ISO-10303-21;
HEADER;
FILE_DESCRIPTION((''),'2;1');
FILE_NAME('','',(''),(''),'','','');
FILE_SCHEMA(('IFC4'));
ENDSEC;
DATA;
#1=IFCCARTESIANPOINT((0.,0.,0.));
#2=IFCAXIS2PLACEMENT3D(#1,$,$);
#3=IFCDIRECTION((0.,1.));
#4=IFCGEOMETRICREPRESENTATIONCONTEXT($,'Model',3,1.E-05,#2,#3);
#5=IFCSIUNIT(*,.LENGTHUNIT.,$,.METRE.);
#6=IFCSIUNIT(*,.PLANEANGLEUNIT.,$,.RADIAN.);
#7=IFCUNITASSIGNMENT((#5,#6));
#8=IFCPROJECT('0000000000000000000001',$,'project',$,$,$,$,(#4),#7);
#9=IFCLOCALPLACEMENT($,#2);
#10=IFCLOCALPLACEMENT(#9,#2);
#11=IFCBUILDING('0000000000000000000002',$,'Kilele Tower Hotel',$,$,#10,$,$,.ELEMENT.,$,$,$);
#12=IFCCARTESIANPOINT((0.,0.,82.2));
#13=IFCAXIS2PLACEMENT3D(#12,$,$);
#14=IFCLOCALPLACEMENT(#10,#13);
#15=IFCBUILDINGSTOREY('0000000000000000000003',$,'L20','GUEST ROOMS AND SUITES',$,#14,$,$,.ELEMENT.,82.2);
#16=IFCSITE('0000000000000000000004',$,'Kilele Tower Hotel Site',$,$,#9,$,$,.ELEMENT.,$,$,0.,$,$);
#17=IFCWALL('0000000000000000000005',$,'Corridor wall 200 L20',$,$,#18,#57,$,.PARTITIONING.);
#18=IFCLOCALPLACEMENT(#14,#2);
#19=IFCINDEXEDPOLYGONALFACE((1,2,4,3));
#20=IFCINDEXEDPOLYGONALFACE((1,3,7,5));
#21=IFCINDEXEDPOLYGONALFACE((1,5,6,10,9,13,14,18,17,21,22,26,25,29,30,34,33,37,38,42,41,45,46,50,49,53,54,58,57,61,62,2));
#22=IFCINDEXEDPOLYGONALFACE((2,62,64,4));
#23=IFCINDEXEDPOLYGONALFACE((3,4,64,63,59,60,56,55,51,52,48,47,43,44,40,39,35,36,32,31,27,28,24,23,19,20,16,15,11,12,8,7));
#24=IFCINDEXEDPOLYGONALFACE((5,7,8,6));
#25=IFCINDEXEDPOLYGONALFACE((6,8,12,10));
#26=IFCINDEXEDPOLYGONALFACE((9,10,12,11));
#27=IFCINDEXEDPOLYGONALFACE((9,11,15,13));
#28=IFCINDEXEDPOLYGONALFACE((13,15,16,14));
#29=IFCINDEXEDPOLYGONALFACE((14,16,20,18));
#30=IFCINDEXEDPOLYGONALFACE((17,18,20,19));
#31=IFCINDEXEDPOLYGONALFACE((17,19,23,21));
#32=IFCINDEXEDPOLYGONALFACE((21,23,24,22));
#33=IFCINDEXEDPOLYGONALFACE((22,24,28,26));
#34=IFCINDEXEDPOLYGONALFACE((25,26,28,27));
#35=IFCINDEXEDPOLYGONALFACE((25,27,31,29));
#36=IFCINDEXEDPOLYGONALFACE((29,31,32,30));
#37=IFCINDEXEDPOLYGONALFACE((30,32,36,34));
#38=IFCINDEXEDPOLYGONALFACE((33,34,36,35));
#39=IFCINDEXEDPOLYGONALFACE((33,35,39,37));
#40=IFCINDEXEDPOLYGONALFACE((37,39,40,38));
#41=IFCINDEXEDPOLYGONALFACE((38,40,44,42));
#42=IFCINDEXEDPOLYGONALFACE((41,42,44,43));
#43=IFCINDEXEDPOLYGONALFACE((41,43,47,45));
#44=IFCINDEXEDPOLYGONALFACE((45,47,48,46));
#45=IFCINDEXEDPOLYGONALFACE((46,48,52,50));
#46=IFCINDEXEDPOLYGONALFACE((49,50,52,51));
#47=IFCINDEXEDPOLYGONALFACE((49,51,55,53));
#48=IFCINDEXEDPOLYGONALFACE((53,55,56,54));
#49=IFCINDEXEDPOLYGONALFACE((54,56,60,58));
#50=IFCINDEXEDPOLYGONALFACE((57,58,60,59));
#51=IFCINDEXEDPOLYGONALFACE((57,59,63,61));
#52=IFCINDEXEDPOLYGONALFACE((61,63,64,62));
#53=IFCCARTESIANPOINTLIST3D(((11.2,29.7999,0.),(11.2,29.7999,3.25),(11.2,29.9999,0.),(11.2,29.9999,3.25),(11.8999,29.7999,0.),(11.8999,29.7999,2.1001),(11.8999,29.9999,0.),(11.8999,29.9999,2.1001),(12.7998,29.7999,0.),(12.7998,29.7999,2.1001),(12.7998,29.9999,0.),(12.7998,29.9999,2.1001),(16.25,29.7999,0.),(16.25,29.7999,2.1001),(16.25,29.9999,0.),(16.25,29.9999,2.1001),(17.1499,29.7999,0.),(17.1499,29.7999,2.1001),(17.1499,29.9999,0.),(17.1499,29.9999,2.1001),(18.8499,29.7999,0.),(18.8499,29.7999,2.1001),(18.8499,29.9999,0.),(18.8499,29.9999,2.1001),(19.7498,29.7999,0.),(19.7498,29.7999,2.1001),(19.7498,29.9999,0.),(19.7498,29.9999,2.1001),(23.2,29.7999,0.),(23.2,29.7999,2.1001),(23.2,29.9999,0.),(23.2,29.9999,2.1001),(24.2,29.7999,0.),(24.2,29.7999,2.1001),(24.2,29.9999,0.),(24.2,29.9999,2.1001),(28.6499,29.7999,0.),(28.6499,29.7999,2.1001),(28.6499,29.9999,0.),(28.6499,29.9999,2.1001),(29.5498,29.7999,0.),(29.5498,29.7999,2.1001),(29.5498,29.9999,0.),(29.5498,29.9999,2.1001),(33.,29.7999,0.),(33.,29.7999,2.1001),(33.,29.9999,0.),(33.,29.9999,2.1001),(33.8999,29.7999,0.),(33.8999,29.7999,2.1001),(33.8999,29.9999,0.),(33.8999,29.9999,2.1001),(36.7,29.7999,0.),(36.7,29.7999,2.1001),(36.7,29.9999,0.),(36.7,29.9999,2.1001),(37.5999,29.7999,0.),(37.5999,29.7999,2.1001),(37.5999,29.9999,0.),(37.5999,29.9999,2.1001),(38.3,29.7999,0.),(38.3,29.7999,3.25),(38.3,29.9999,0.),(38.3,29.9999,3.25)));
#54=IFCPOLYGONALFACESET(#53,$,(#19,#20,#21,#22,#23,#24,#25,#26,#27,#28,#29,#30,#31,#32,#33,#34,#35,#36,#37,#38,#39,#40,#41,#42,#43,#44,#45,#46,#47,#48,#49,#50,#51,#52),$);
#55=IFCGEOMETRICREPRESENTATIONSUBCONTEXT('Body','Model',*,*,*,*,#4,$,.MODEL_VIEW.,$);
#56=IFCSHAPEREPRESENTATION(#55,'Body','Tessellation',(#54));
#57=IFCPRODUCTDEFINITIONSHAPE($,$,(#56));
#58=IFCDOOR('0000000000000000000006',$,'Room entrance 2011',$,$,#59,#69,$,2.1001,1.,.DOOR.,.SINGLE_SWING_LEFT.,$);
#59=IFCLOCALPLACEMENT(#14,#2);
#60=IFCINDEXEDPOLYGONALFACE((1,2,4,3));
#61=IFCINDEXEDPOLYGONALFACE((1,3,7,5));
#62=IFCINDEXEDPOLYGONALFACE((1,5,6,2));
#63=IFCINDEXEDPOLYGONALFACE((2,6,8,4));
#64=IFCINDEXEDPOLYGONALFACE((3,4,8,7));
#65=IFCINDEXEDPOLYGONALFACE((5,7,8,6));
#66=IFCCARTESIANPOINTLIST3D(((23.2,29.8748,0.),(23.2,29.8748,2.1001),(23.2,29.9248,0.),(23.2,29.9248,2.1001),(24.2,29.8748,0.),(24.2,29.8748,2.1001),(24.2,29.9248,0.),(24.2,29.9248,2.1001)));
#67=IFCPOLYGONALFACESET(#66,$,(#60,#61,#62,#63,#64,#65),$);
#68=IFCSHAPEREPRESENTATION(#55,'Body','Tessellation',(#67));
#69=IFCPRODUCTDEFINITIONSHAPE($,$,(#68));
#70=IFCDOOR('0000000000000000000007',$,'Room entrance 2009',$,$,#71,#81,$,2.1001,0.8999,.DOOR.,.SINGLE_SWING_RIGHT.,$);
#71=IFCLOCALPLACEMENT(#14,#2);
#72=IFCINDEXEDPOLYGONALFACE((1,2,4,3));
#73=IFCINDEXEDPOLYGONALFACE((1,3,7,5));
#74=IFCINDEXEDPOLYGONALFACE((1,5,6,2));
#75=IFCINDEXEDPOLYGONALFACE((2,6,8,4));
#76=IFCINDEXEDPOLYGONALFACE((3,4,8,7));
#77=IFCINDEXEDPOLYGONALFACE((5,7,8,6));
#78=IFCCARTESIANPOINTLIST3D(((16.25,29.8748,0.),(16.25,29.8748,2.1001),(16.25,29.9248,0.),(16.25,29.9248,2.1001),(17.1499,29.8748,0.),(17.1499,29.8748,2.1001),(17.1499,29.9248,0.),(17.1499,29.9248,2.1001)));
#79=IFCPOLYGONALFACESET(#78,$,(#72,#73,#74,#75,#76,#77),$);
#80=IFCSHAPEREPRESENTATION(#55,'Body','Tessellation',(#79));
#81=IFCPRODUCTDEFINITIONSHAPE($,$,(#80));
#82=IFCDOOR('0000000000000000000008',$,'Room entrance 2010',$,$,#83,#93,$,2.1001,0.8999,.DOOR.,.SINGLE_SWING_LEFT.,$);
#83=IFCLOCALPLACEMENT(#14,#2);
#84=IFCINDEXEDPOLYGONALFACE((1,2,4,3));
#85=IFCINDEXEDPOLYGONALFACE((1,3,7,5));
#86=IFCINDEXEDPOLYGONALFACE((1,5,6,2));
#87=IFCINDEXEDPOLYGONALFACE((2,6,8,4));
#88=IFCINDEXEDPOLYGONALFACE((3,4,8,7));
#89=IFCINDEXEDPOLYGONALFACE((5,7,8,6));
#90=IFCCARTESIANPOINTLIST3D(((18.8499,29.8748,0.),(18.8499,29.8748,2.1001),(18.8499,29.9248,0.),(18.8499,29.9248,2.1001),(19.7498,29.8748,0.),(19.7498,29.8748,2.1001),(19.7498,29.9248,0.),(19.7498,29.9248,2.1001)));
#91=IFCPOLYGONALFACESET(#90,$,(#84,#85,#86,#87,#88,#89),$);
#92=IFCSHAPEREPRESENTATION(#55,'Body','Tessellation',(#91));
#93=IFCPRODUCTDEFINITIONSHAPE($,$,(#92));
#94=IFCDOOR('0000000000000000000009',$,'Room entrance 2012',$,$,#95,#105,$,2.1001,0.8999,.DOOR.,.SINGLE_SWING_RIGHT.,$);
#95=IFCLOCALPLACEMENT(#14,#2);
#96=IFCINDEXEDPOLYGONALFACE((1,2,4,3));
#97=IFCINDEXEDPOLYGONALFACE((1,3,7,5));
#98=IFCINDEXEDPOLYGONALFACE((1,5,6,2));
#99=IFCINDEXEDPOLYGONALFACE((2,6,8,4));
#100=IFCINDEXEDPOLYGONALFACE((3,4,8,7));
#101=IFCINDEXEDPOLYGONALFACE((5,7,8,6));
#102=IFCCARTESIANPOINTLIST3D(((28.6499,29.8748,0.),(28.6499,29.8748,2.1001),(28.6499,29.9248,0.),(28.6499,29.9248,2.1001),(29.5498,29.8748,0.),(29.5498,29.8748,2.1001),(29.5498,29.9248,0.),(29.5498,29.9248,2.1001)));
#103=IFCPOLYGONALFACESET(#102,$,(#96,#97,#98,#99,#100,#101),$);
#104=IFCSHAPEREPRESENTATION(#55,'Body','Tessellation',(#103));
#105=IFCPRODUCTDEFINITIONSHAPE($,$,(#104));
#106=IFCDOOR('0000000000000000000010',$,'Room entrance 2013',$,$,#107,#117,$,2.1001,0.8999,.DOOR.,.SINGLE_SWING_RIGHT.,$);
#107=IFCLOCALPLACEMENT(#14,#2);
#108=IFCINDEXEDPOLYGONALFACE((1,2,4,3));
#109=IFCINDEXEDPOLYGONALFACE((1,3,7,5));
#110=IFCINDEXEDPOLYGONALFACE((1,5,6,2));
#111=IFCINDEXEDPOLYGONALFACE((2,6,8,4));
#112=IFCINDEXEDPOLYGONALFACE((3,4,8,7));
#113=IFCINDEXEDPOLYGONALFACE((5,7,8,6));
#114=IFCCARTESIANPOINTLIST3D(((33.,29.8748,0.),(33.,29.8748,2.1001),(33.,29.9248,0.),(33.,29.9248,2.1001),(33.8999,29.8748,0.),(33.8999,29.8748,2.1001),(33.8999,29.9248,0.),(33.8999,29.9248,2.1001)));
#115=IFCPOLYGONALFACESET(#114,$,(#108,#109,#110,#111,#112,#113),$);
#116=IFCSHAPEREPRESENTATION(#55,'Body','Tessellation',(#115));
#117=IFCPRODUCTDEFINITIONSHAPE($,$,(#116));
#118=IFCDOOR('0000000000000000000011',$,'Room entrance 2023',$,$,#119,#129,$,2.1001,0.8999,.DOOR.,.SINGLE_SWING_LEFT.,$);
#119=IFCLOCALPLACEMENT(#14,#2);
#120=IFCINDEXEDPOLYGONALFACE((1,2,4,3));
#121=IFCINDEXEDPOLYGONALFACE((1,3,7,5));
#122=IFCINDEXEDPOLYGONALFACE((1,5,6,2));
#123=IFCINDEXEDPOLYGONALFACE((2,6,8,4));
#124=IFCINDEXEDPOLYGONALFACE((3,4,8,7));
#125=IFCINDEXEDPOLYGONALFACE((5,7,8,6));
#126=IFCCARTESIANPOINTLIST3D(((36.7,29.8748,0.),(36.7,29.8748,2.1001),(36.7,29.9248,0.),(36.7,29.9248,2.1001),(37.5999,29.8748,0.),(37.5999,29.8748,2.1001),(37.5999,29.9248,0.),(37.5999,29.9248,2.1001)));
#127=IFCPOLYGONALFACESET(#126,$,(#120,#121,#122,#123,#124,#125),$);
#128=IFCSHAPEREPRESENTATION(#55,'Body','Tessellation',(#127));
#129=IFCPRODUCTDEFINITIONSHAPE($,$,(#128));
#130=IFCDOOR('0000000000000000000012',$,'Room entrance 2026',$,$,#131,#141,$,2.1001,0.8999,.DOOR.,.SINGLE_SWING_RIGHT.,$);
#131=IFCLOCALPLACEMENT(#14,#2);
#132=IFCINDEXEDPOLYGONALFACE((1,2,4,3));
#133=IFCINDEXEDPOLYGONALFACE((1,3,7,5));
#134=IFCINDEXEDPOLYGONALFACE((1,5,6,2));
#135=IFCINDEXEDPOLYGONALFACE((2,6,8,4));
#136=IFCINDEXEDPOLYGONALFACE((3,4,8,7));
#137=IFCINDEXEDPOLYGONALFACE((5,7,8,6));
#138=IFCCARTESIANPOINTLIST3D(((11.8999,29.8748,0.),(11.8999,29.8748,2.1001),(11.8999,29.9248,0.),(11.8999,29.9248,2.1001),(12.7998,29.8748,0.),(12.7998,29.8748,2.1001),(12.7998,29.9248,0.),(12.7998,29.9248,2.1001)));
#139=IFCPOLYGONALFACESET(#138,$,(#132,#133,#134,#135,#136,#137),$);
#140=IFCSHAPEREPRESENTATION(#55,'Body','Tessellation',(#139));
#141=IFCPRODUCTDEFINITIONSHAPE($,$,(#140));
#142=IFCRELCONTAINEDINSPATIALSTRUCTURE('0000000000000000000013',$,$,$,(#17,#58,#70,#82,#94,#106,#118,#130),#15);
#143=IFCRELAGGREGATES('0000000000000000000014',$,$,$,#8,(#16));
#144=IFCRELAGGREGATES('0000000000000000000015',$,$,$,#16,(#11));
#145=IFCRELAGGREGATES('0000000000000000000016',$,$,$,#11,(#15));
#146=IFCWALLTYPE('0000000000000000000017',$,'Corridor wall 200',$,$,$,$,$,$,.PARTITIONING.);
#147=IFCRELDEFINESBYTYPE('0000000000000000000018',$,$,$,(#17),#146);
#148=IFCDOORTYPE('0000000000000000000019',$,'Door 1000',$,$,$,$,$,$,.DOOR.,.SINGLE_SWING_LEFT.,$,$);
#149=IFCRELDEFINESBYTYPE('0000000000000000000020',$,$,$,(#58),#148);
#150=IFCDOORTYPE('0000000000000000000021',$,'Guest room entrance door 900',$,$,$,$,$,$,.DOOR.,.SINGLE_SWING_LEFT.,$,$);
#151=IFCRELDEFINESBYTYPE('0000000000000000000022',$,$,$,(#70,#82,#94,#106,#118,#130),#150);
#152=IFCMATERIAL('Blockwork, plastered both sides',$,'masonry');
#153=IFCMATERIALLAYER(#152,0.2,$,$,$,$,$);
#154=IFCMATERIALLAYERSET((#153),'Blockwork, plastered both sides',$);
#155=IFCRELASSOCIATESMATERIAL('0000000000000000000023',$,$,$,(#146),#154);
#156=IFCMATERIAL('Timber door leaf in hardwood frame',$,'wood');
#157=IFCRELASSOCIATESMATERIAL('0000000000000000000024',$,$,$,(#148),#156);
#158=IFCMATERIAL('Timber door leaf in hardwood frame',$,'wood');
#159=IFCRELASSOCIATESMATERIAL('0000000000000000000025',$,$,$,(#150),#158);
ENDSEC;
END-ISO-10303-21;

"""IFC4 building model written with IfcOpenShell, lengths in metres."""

from ifc_helpers import new_model, si_unit, direction, frame, frame_2d, origin, place, context, subcontext, project, spatial, rectangle, extrude, material, layer, layer_set, type_object, element, fill, save


model = new_model("IFC4")

# Units and contexts
model_context = context("Model", 3, precision=1e-05, world=origin(), true_north=direction((0.0, 1.0)))
body_context = subcontext(model_context, "Body", "Model", "MODEL_VIEW")
ifc_project = project(units=[si_unit("LENGTHUNIT", "METRE"), si_unit("PLANEANGLEUNIT", "RADIAN")], contexts=[model_context])

# Site, building, storey
site_placement = place(None, origin())
site = spatial("IfcSite", under=ifc_project, at=site_placement, Name="Kilele Tower Hotel Site", CompositionType="ELEMENT", RefElevation=0.0)
building_placement = place(site_placement, origin())
building = spatial("IfcBuilding", under=site, at=building_placement, Name="Kilele Tower Hotel", CompositionType="ELEMENT")
storey_placement = place(building_placement, frame((0.0, 0.0, 82.2)))
storey = spatial("IfcBuildingStorey", under=building, at=storey_placement, Name="L20", Description="GUEST ROOMS AND SUITES", CompositionType="ELEMENT", Elevation=82.2)

# Wall, openings, doors
ifc_material_1 = material(Name="Blockwork, plastered both sides", Category="masonry")
ifc_layer_1 = layer(ifc_material_1, 0.2)
ifc_layer_set_1 = layer_set([ifc_layer_1], Name="Blockwork, plastered both sides")
wall_type_1 = type_object("IfcWallType", Name="Corridor wall 200", PredefinedType="PARTITIONING", material=ifc_layer_set_1)
wall_1_placement = place(storey_placement, frame((11.2, 29.8999, 0.0), z_axis=(0.0, 0.0, 1.0), x_axis=(1.0, 0.0, 0.0)))
wall_1 = element("IfcWall", 1, at=wall_1_placement, inside=storey, type_object=wall_type_1, Name="Corridor wall 200 L20", PredefinedType="PARTITIONING", context=body_context, shape_type="SweptSolid", body=[
    extrude(rectangle(XDim=27.1001, YDim=0.2, at=frame_2d((13.55, 0.0))), origin(), (0.0, 0.0, 1.0), 3.25),
])
opening_1_placement = place(wall_1_placement, frame((5.05, 0.0, 0.0)))
opening_1 = element("IfcOpeningElement", 2, at=opening_1_placement, cuts=wall_1, PredefinedType="OPENING", context=body_context, shape_type="SweptSolid", body=[
    extrude(rectangle(XDim=0.8999, YDim=2.1001, at=frame_2d((0.45, 1.05))), frame((0.0, 0.1099, 0.0), z_axis=(0.0, -1.0, 0.0), x_axis=(1.0, 0.0, 0.0)), (0.0, 0.0, 1.0), 0.22),
])
opening_2_placement = place(wall_1_placement, frame((7.6499, 0.0, 0.0)))
opening_2 = element("IfcOpeningElement", 3, at=opening_2_placement, cuts=wall_1, PredefinedType="OPENING", context=body_context, shape_type="SweptSolid", body=[
    extrude(rectangle(XDim=0.8999, YDim=2.1001, at=frame_2d((0.45, 1.05))), frame((0.0, 0.1099, 0.0), z_axis=(0.0, -1.0, 0.0), x_axis=(1.0, 0.0, 0.0)), (0.0, 0.0, 1.0), 0.22),
])
opening_3_placement = place(wall_1_placement, frame((12.0, 0.0, 0.0)))
opening_3 = element("IfcOpeningElement", 4, at=opening_3_placement, cuts=wall_1, PredefinedType="OPENING", context=body_context, shape_type="SweptSolid", body=[
    extrude(rectangle(XDim=1.0, YDim=2.1001, at=frame_2d((0.5, 1.05))), frame((0.0, 0.1099, 0.0), z_axis=(0.0, -1.0, 0.0), x_axis=(1.0, 0.0, 0.0)), (0.0, 0.0, 1.0), 0.22),
])
opening_4_placement = place(wall_1_placement, frame((17.45, 0.0, 0.0)))
opening_4 = element("IfcOpeningElement", 5, at=opening_4_placement, cuts=wall_1, PredefinedType="OPENING", context=body_context, shape_type="SweptSolid", body=[
    extrude(rectangle(XDim=0.8999, YDim=2.1001, at=frame_2d((0.45, 1.05))), frame((0.0, 0.1099, 0.0), z_axis=(0.0, -1.0, 0.0), x_axis=(1.0, 0.0, 0.0)), (0.0, 0.0, 1.0), 0.22),
])
opening_5_placement = place(wall_1_placement, frame((21.8, 0.0, 0.0)))
opening_5 = element("IfcOpeningElement", 6, at=opening_5_placement, cuts=wall_1, PredefinedType="OPENING", context=body_context, shape_type="SweptSolid", body=[
    extrude(rectangle(XDim=0.8999, YDim=2.1001, at=frame_2d((0.45, 1.05))), frame((0.0, 0.1099, 0.0), z_axis=(0.0, -1.0, 0.0), x_axis=(1.0, 0.0, 0.0)), (0.0, 0.0, 1.0), 0.22),
])
opening_6_placement = place(wall_1_placement, frame((25.5, 0.0, 0.0)))
opening_6 = element("IfcOpeningElement", 7, at=opening_6_placement, cuts=wall_1, PredefinedType="OPENING", context=body_context, shape_type="SweptSolid", body=[
    extrude(rectangle(XDim=0.8999, YDim=2.1001, at=frame_2d((0.45, 1.05))), frame((0.0, 0.1099, 0.0), z_axis=(0.0, -1.0, 0.0), x_axis=(1.0, 0.0, 0.0)), (0.0, 0.0, 1.0), 0.22),
])
opening_7_placement = place(wall_1_placement, frame((0.7, 0.0, 0.0)))
opening_7 = element("IfcOpeningElement", 8, at=opening_7_placement, cuts=wall_1, PredefinedType="OPENING", context=body_context, shape_type="SweptSolid", body=[
    extrude(rectangle(XDim=0.8999, YDim=2.1001, at=frame_2d((0.45, 1.05))), frame((0.0, 0.1099, 0.0), z_axis=(0.0, -1.0, 0.0), x_axis=(1.0, 0.0, 0.0)), (0.0, 0.0, 1.0), 0.22),
])
ifc_material_2 = material(Name="Timber door leaf in hardwood frame", Category="wood")
door_type_1 = type_object("IfcDoorType", Name="Door 1000", OperationType="SINGLE_SWING_LEFT", PredefinedType="DOOR", material=ifc_material_2)
door_1_placement = place(opening_3_placement, origin())
door_1 = element("IfcDoor", 9, at=door_1_placement, inside=storey, type_object=door_type_1, Name="Room entrance 2011", OperationType="SINGLE_SWING_LEFT", OverallHeight=2.1001, OverallWidth=1.0, PredefinedType="DOOR", context=body_context, shape_type="SweptSolid", body=[
    extrude(rectangle(XDim=1.0, YDim=2.1001, at=frame_2d((0.5, 1.05))), frame((0.0, 0.0249, 0.0), z_axis=(0.0, -1.0, 0.0), x_axis=(1.0, 0.0, 0.0)), (0.0, 0.0, 1.0), 0.05),
])
fill(opening_3, door_1)
ifc_material_3 = material(Name="Timber door leaf in hardwood frame", Category="wood")
door_type_2 = type_object("IfcDoorType", Name="Guest room entrance door 900", OperationType="SINGLE_SWING_LEFT", PredefinedType="DOOR", material=ifc_material_3)
door_2_placement = place(opening_1_placement, origin())
door_2 = element("IfcDoor", 10, at=door_2_placement, inside=storey, type_object=door_type_2, Name="Room entrance 2009", OperationType="SINGLE_SWING_RIGHT", OverallHeight=2.1001, OverallWidth=0.8999, PredefinedType="DOOR", context=body_context, shape_type="SweptSolid", body=[
    extrude(rectangle(XDim=0.8999, YDim=2.1001, at=frame_2d((0.45, 1.05))), frame((0.0, 0.0249, 0.0), z_axis=(0.0, -1.0, 0.0), x_axis=(1.0, 0.0, 0.0)), (0.0, 0.0, 1.0), 0.05),
])
fill(opening_1, door_2)
door_3_placement = place(opening_2_placement, origin())
door_3 = element("IfcDoor", 11, at=door_3_placement, inside=storey, type_object=door_type_2, Name="Room entrance 2010", OperationType="SINGLE_SWING_LEFT", OverallHeight=2.1001, OverallWidth=0.8999, PredefinedType="DOOR", context=body_context, shape_type="SweptSolid", body=[
    extrude(rectangle(XDim=0.8999, YDim=2.1001, at=frame_2d((0.45, 1.05))), frame((0.0, 0.0249, 0.0), z_axis=(0.0, -1.0, 0.0), x_axis=(1.0, 0.0, 0.0)), (0.0, 0.0, 1.0), 0.05),
])
fill(opening_2, door_3)
door_4_placement = place(opening_4_placement, origin())
door_4 = element("IfcDoor", 12, at=door_4_placement, inside=storey, type_object=door_type_2, Name="Room entrance 2012", OperationType="SINGLE_SWING_RIGHT", OverallHeight=2.1001, OverallWidth=0.8999, PredefinedType="DOOR", context=body_context, shape_type="SweptSolid", body=[
    extrude(rectangle(XDim=0.8999, YDim=2.1001, at=frame_2d((0.45, 1.05))), frame((0.0, 0.0249, 0.0), z_axis=(0.0, -1.0, 0.0), x_axis=(1.0, 0.0, 0.0)), (0.0, 0.0, 1.0), 0.05),
])
fill(opening_4, door_4)
door_5_placement = place(opening_5_placement, origin())
door_5 = element("IfcDoor", 13, at=door_5_placement, inside=storey, type_object=door_type_2, Name="Room entrance 2013", OperationType="SINGLE_SWING_RIGHT", OverallHeight=2.1001, OverallWidth=0.8999, PredefinedType="DOOR", context=body_context, shape_type="SweptSolid", body=[
    extrude(rectangle(XDim=0.8999, YDim=2.1001, at=frame_2d((0.45, 1.05))), frame((0.0, 0.0249, 0.0), z_axis=(0.0, -1.0, 0.0), x_axis=(1.0, 0.0, 0.0)), (0.0, 0.0, 1.0), 0.05),
])
fill(opening_5, door_5)
door_6_placement = place(opening_6_placement, origin())
door_6 = element("IfcDoor", 14, at=door_6_placement, inside=storey, type_object=door_type_2, Name="Room entrance 2023", OperationType="SINGLE_SWING_LEFT", OverallHeight=2.1001, OverallWidth=0.8999, PredefinedType="DOOR", context=body_context, shape_type="SweptSolid", body=[
    extrude(rectangle(XDim=0.8999, YDim=2.1001, at=frame_2d((0.45, 1.05))), frame((0.0, 0.0249, 0.0), z_axis=(0.0, -1.0, 0.0), x_axis=(1.0, 0.0, 0.0)), (0.0, 0.0, 1.0), 0.05),
])
fill(opening_6, door_6)
door_7_placement = place(opening_7_placement, origin())
door_7 = element("IfcDoor", 15, at=door_7_placement, inside=storey, type_object=door_type_2, Name="Room entrance 2026", OperationType="SINGLE_SWING_RIGHT", OverallHeight=2.1001, OverallWidth=0.8999, PredefinedType="DOOR", context=body_context, shape_type="SweptSolid", body=[
    extrude(rectangle(XDim=0.8999, YDim=2.1001, at=frame_2d((0.45, 1.05))), frame((0.0, 0.0249, 0.0), z_axis=(0.0, -1.0, 0.0), x_axis=(1.0, 0.0, 0.0)), (0.0, 0.0, 1.0), 0.05),
])
fill(opening_7, door_7)

save(model, "model.ifc")
